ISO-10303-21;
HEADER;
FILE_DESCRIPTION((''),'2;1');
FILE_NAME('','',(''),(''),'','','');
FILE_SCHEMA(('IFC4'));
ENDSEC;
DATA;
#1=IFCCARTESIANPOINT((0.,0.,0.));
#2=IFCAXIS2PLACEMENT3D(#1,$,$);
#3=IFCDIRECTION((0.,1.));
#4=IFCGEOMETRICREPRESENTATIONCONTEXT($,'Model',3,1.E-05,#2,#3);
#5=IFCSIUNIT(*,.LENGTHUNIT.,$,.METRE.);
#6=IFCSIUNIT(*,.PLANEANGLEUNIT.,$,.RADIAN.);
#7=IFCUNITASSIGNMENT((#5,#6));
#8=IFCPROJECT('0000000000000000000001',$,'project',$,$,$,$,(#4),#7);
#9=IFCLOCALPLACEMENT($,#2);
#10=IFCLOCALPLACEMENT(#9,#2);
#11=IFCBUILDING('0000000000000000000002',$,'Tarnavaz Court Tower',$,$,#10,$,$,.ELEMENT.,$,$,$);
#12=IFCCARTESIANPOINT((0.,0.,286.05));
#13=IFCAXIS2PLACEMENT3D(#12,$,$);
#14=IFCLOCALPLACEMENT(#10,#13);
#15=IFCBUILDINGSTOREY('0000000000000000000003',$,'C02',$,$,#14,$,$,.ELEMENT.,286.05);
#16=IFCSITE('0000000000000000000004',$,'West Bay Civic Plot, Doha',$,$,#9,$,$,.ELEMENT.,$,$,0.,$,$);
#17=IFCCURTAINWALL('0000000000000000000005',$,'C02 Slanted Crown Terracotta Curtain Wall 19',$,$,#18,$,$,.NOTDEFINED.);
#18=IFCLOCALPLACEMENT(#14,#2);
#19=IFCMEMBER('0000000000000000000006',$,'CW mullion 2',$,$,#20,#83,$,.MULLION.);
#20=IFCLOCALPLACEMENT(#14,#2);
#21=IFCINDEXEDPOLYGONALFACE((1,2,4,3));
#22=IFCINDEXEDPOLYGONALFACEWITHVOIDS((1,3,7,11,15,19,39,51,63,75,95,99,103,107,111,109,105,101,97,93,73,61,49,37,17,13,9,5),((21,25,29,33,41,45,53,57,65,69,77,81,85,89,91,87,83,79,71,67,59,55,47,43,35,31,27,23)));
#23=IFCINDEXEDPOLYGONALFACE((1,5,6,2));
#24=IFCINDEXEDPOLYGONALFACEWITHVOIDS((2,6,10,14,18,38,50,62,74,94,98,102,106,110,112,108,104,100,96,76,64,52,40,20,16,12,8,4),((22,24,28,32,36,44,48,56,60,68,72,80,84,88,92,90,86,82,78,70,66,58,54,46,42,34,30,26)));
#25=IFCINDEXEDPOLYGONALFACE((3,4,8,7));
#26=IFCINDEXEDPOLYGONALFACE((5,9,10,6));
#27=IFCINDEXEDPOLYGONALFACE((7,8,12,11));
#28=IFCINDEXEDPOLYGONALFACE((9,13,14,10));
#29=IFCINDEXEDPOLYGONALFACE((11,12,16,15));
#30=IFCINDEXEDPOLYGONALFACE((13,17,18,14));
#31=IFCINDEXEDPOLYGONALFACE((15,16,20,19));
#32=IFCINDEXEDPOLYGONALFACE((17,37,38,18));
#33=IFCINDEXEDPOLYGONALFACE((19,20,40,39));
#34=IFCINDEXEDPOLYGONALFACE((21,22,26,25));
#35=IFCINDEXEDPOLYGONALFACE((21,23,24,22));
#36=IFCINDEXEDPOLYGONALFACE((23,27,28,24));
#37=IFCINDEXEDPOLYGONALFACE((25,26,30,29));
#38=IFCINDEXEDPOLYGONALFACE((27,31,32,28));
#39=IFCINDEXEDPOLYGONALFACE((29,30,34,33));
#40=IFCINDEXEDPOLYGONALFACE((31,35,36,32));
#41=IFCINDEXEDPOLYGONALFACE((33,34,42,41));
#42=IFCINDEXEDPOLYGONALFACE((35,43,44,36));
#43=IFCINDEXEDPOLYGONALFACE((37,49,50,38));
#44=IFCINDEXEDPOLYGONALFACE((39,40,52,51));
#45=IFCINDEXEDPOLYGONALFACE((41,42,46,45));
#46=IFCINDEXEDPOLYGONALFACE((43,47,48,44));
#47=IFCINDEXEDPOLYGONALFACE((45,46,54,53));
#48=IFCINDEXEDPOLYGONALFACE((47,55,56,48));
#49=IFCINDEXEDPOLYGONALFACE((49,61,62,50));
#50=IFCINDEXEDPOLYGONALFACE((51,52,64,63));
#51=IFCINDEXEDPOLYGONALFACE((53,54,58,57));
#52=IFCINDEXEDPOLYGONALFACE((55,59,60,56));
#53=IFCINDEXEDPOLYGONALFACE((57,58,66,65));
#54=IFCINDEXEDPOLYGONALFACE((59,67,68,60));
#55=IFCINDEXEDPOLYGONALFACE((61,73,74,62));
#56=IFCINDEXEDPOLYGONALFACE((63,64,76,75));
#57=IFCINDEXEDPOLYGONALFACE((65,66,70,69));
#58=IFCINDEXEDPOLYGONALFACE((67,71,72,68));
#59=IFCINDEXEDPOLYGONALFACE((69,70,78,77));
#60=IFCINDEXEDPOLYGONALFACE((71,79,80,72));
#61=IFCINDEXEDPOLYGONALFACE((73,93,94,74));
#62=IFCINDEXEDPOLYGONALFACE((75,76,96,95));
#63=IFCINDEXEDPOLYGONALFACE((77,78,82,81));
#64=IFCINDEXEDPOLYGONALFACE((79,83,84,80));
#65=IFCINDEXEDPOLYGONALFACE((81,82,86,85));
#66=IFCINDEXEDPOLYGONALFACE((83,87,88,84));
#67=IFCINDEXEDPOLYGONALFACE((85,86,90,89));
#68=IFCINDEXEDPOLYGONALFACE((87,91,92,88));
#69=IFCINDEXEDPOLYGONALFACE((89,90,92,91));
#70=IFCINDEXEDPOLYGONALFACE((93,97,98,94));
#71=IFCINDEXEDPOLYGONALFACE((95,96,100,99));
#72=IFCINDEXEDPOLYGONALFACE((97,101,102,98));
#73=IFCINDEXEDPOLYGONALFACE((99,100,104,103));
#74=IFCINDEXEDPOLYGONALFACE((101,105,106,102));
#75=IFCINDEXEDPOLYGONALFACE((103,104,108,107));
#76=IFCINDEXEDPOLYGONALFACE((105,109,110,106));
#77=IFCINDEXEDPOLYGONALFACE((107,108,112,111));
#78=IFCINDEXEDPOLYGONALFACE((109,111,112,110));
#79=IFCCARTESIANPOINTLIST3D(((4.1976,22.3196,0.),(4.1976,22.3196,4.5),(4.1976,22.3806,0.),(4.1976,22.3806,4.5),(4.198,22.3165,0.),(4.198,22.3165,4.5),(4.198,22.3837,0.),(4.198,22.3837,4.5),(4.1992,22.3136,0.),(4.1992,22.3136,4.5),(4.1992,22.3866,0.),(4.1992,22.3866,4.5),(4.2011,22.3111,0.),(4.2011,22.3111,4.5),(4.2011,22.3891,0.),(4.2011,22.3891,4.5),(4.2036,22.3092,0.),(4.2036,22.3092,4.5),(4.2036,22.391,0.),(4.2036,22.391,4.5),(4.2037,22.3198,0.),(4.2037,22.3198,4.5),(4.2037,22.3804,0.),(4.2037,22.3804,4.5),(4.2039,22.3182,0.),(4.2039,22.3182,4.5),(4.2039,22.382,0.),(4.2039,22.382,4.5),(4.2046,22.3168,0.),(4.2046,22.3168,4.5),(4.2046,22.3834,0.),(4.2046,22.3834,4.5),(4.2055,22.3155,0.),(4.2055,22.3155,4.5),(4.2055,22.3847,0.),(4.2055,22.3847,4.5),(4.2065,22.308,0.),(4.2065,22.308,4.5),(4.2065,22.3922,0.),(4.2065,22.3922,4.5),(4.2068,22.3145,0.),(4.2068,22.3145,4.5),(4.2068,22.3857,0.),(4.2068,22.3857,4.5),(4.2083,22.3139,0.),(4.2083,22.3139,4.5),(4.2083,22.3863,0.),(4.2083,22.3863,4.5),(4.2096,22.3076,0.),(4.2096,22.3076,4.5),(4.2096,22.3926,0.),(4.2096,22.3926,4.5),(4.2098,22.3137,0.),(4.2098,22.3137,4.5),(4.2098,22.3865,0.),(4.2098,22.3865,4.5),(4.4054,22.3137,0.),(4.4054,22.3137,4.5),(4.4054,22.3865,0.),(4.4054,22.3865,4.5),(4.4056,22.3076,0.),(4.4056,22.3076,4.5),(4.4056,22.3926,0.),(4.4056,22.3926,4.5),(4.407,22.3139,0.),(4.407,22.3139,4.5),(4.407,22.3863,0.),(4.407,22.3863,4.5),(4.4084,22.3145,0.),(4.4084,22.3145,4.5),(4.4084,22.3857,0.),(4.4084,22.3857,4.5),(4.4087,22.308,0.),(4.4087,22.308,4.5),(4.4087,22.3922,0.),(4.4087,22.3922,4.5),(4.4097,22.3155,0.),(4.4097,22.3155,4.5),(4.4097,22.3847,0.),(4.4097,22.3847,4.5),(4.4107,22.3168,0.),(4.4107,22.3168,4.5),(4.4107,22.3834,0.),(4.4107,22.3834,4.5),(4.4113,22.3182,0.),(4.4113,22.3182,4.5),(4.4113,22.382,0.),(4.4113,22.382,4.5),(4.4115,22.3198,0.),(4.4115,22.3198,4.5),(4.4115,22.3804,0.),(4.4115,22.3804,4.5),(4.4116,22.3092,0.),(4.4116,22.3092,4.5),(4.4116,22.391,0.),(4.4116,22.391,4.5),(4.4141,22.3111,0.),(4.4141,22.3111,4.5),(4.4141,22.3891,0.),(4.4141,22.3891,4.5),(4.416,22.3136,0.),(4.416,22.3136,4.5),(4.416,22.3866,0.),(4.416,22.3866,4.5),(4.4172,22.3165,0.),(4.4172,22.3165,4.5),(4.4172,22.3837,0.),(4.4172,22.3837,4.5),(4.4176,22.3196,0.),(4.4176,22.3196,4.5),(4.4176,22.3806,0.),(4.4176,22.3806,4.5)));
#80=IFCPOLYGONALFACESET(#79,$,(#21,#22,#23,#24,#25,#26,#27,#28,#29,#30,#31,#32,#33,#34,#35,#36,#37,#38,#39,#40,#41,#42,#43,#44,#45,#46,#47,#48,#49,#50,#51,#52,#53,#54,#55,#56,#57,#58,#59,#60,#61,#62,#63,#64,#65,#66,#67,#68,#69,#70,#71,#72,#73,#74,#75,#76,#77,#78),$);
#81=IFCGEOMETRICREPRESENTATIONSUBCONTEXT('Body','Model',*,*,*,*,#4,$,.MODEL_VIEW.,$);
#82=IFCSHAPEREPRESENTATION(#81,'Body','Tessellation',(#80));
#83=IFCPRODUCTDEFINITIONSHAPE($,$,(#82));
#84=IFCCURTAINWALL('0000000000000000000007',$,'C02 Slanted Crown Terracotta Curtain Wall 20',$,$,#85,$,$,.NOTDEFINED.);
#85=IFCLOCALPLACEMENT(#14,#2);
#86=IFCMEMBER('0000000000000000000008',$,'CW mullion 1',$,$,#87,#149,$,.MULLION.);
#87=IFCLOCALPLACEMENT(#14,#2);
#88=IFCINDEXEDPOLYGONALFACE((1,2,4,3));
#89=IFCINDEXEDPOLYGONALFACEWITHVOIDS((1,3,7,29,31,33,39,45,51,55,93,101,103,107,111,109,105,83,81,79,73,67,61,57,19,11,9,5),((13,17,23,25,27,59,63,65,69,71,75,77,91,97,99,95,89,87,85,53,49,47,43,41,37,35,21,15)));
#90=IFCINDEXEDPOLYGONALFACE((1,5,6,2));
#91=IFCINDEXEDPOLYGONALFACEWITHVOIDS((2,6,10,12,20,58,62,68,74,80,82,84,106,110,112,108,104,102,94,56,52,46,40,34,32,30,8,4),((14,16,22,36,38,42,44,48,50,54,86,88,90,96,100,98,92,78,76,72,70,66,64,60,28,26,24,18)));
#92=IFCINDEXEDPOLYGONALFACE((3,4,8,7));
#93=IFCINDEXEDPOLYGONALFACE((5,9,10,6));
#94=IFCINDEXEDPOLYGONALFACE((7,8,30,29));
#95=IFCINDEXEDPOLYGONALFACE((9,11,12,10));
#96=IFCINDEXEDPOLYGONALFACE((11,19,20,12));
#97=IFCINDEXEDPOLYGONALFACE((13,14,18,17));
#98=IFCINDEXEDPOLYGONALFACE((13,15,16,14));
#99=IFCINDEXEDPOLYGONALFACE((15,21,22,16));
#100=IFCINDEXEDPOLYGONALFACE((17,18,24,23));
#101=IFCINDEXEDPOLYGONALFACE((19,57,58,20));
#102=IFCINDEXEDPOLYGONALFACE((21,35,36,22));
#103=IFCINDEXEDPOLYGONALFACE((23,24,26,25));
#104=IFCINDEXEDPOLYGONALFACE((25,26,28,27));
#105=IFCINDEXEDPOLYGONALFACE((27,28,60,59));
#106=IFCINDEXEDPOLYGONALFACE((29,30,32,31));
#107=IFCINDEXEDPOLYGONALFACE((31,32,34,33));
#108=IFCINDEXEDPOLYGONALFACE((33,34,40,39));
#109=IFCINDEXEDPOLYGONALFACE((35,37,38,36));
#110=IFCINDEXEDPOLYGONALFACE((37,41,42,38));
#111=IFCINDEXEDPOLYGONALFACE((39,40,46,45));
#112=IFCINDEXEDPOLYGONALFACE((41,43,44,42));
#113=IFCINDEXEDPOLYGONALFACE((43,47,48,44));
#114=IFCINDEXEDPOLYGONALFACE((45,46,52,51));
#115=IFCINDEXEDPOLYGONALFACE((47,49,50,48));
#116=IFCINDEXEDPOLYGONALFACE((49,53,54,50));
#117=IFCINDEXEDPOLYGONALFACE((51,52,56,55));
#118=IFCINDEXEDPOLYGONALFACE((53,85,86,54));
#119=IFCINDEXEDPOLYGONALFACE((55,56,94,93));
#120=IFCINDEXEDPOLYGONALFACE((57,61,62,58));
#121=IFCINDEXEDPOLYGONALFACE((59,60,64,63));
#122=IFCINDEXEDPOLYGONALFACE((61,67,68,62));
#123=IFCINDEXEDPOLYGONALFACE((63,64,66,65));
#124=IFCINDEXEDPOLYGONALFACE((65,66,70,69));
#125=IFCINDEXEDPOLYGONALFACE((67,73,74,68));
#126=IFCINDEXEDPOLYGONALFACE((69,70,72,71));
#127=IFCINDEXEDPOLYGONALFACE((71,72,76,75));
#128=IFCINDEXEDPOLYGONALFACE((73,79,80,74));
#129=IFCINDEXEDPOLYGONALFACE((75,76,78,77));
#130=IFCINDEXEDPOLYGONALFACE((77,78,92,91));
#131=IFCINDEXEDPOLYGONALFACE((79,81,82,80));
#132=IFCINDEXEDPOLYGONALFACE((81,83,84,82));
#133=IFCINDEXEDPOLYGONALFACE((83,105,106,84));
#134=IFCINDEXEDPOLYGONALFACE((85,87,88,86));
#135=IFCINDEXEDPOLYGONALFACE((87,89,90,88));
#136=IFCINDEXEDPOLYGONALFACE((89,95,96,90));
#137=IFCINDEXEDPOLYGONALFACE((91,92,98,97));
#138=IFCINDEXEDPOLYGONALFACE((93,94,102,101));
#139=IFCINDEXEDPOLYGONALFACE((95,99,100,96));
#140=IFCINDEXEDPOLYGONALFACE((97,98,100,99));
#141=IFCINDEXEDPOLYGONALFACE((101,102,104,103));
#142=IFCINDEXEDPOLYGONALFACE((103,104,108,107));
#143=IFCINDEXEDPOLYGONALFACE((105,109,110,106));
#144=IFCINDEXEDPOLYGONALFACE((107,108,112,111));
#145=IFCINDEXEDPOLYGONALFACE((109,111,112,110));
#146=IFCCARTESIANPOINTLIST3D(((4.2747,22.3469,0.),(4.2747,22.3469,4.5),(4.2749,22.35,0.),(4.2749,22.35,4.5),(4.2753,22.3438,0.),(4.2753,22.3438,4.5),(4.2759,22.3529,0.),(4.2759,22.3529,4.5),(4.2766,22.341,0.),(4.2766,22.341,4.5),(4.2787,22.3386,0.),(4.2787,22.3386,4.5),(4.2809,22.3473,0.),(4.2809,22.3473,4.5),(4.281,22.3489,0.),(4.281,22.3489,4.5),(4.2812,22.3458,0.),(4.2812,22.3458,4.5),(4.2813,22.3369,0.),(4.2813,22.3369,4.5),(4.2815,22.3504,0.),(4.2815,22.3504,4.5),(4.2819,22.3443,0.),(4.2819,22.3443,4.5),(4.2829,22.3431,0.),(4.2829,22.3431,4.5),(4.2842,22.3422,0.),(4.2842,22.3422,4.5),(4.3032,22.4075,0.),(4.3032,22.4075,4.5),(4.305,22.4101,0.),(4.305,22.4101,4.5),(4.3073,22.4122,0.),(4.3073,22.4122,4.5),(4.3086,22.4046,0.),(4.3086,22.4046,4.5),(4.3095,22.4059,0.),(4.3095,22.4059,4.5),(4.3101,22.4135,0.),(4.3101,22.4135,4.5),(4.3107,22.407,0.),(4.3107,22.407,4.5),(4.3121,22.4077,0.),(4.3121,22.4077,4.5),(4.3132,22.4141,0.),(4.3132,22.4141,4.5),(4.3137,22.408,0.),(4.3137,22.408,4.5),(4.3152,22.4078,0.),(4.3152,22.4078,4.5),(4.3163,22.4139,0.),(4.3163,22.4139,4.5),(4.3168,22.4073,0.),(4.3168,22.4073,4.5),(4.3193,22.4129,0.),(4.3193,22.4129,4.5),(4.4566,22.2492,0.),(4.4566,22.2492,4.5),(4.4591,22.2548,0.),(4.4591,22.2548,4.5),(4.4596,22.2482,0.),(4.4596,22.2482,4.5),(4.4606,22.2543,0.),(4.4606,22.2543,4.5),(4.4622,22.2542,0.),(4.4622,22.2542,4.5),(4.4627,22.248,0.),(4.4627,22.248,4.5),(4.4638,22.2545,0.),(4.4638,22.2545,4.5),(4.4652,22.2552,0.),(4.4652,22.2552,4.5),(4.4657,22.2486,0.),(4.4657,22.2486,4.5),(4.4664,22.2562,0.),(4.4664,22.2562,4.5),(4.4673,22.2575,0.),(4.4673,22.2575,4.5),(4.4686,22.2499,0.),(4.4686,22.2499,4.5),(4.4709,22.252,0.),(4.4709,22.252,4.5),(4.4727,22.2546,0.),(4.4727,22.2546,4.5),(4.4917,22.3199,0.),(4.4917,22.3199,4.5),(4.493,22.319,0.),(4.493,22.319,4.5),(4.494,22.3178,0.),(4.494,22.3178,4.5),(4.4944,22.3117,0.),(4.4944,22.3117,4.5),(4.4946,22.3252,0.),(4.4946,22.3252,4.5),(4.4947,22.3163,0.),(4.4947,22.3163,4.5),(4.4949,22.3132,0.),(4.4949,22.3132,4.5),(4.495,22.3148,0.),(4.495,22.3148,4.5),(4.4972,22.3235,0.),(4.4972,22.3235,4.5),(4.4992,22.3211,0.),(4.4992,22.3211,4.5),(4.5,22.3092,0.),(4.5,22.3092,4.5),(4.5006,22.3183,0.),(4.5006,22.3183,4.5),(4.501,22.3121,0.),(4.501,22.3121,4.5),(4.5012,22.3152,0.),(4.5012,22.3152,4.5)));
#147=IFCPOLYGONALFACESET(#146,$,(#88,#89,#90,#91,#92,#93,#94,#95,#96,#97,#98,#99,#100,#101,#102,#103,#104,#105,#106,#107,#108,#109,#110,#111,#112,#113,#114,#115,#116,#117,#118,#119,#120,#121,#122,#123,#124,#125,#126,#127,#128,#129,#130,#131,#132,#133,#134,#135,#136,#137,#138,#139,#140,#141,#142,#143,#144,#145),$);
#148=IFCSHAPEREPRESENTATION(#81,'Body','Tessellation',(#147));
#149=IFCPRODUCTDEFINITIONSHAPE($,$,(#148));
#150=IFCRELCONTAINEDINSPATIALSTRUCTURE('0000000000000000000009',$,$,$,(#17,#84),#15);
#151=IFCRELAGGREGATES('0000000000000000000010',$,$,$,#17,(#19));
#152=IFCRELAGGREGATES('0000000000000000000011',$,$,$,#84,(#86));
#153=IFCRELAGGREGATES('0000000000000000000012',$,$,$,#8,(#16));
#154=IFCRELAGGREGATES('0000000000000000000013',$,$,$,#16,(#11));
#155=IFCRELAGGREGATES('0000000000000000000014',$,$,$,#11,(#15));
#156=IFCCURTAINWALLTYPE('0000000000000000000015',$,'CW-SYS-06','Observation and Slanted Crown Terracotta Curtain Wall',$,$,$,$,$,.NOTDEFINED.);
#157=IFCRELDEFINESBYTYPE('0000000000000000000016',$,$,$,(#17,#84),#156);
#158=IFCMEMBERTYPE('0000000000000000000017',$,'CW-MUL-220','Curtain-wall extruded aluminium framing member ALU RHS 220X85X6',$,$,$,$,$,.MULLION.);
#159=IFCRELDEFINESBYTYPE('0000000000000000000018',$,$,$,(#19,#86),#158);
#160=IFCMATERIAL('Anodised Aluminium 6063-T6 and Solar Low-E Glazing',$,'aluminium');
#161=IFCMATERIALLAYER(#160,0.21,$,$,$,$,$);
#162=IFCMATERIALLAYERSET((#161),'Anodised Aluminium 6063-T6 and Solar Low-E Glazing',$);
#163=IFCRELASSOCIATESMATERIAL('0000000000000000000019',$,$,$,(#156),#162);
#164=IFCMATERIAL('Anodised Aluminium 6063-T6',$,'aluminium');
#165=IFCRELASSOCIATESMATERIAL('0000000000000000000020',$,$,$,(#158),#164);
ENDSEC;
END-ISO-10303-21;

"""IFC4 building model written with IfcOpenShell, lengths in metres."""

from ifc_helpers import new_model, si_unit, direction, frame, origin, origin_2d, place, context, subcontext, project, spatial, hollow_rectangle, extrude, material, layer, layer_set, material_profile, profile_set, type_object, element, aggregate, save


model = new_model("IFC4")

# Units and contexts
model_context = context("Model", 3, precision=1e-05, world=origin(), true_north=direction((0.0, 1.0)))
body_context = subcontext(model_context, "Body", "Model", "MODEL_VIEW")
ifc_project = project(units=[si_unit("LENGTHUNIT", "METRE"), si_unit("PLANEANGLEUNIT", "RADIAN")], contexts=[model_context])

# Site, building, storey
site_placement = place(None, origin())
site = spatial("IfcSite", under=ifc_project, at=site_placement, Name="West Bay Civic Plot, Doha", CompositionType="ELEMENT", RefElevation=0.0)
building_placement = place(site_placement, origin())
building = spatial("IfcBuilding", under=site, at=building_placement, Name="Tarnavaz Court Tower", CompositionType="ELEMENT")
storey_placement = place(building_placement, frame((0.0, 0.0, 286.05)))
storey = spatial("IfcBuildingStorey", under=building, at=storey_placement, Name="C02", CompositionType="ELEMENT", Elevation=286.05)

# Curtain wall, member
ifc_material_1 = material(Name="Anodised Aluminium 6063-T6 and Solar Low-E Glazing", Category="aluminium")
ifc_layer_1 = layer(ifc_material_1, 0.21)
ifc_layer_set_1 = layer_set([ifc_layer_1], Name="Anodised Aluminium 6063-T6 and Solar Low-E Glazing")
curtain_wall_type = type_object("IfcCurtainWallType", Name="CW-SYS-06", Description="Observation and Slanted Crown Terracotta Curtain Wall", PredefinedType="NOTDEFINED", material=ifc_layer_set_1)
curtain_wall_1_placement = place(storey_placement, origin())
curtain_wall_1 = element("IfcCurtainWall", 1, at=curtain_wall_1_placement, inside=storey, type_object=curtain_wall_type, Name="C02 Slanted Crown Terracotta Curtain Wall 19", PredefinedType="NOTDEFINED")
ifc_material_2 = material(Name="Anodised Aluminium 6063-T6", Category="aluminium")
ifc_material_profile_1 = material_profile(ifc_material_2, hollow_rectangle(XDim=0.085, YDim=0.22, WallThickness=0.0061, InnerFilletRadius=0.0061, OuterFilletRadius=0.012, at=origin_2d()), Name="ALU RHS 220X85X6")
ifc_profile_set_1 = profile_set([ifc_material_profile_1], Name="Anodised Aluminium 6063-T6")
member_type_1 = type_object("IfcMemberType", Name="CW-MUL-220", Description="Curtain-wall extruded aluminium framing member ALU RHS 220X85X6", PredefinedType="MULLION", material=ifc_profile_set_1)
member_1_placement = place(storey_placement, frame((4.3076, 22.3501, 0.0), z_axis=(0.0, 0.0, 1.0), x_axis=(0.0, 1.0, 0.0)))
member_1 = element("IfcMember", 2, at=member_1_placement, type_object=member_type_1, Name="CW mullion 2", PredefinedType="MULLION", context=body_context, shape_type="SweptSolid", body=[
    extrude(hollow_rectangle(XDim=0.085, YDim=0.22, WallThickness=0.0061, InnerFilletRadius=0.0061, OuterFilletRadius=0.012, at=origin_2d()), origin(), (0.0, 0.0, 1.0), 4.5),
])

# Curtain wall, member
curtain_wall_2_placement = place(storey_placement, origin())
curtain_wall_2 = element("IfcCurtainWall", 3, at=curtain_wall_2_placement, inside=storey, type_object=curtain_wall_type, Name="C02 Slanted Crown Terracotta Curtain Wall 20", PredefinedType="NOTDEFINED")
member_2_placement = place(storey_placement, frame((4.3879, 22.3311, 0.0), z_axis=(0.0, 0.0, 1.0), x_axis=(0.447214, 0.894427, 0.0)))
member_2 = element("IfcMember", 4, at=member_2_placement, type_object=member_type_1, Name="CW mullion 1", PredefinedType="MULLION", context=body_context, shape_type="SweptSolid", body=[
    extrude(hollow_rectangle(XDim=0.085, YDim=0.22, WallThickness=0.0061, InnerFilletRadius=0.0061, OuterFilletRadius=0.012, at=origin_2d()), origin(), (0.0, 0.0, 1.0), 4.5),
])

aggregate(curtain_wall_1, [member_1])
aggregate(curtain_wall_2, [member_2])

save(model, "model.ifc")
